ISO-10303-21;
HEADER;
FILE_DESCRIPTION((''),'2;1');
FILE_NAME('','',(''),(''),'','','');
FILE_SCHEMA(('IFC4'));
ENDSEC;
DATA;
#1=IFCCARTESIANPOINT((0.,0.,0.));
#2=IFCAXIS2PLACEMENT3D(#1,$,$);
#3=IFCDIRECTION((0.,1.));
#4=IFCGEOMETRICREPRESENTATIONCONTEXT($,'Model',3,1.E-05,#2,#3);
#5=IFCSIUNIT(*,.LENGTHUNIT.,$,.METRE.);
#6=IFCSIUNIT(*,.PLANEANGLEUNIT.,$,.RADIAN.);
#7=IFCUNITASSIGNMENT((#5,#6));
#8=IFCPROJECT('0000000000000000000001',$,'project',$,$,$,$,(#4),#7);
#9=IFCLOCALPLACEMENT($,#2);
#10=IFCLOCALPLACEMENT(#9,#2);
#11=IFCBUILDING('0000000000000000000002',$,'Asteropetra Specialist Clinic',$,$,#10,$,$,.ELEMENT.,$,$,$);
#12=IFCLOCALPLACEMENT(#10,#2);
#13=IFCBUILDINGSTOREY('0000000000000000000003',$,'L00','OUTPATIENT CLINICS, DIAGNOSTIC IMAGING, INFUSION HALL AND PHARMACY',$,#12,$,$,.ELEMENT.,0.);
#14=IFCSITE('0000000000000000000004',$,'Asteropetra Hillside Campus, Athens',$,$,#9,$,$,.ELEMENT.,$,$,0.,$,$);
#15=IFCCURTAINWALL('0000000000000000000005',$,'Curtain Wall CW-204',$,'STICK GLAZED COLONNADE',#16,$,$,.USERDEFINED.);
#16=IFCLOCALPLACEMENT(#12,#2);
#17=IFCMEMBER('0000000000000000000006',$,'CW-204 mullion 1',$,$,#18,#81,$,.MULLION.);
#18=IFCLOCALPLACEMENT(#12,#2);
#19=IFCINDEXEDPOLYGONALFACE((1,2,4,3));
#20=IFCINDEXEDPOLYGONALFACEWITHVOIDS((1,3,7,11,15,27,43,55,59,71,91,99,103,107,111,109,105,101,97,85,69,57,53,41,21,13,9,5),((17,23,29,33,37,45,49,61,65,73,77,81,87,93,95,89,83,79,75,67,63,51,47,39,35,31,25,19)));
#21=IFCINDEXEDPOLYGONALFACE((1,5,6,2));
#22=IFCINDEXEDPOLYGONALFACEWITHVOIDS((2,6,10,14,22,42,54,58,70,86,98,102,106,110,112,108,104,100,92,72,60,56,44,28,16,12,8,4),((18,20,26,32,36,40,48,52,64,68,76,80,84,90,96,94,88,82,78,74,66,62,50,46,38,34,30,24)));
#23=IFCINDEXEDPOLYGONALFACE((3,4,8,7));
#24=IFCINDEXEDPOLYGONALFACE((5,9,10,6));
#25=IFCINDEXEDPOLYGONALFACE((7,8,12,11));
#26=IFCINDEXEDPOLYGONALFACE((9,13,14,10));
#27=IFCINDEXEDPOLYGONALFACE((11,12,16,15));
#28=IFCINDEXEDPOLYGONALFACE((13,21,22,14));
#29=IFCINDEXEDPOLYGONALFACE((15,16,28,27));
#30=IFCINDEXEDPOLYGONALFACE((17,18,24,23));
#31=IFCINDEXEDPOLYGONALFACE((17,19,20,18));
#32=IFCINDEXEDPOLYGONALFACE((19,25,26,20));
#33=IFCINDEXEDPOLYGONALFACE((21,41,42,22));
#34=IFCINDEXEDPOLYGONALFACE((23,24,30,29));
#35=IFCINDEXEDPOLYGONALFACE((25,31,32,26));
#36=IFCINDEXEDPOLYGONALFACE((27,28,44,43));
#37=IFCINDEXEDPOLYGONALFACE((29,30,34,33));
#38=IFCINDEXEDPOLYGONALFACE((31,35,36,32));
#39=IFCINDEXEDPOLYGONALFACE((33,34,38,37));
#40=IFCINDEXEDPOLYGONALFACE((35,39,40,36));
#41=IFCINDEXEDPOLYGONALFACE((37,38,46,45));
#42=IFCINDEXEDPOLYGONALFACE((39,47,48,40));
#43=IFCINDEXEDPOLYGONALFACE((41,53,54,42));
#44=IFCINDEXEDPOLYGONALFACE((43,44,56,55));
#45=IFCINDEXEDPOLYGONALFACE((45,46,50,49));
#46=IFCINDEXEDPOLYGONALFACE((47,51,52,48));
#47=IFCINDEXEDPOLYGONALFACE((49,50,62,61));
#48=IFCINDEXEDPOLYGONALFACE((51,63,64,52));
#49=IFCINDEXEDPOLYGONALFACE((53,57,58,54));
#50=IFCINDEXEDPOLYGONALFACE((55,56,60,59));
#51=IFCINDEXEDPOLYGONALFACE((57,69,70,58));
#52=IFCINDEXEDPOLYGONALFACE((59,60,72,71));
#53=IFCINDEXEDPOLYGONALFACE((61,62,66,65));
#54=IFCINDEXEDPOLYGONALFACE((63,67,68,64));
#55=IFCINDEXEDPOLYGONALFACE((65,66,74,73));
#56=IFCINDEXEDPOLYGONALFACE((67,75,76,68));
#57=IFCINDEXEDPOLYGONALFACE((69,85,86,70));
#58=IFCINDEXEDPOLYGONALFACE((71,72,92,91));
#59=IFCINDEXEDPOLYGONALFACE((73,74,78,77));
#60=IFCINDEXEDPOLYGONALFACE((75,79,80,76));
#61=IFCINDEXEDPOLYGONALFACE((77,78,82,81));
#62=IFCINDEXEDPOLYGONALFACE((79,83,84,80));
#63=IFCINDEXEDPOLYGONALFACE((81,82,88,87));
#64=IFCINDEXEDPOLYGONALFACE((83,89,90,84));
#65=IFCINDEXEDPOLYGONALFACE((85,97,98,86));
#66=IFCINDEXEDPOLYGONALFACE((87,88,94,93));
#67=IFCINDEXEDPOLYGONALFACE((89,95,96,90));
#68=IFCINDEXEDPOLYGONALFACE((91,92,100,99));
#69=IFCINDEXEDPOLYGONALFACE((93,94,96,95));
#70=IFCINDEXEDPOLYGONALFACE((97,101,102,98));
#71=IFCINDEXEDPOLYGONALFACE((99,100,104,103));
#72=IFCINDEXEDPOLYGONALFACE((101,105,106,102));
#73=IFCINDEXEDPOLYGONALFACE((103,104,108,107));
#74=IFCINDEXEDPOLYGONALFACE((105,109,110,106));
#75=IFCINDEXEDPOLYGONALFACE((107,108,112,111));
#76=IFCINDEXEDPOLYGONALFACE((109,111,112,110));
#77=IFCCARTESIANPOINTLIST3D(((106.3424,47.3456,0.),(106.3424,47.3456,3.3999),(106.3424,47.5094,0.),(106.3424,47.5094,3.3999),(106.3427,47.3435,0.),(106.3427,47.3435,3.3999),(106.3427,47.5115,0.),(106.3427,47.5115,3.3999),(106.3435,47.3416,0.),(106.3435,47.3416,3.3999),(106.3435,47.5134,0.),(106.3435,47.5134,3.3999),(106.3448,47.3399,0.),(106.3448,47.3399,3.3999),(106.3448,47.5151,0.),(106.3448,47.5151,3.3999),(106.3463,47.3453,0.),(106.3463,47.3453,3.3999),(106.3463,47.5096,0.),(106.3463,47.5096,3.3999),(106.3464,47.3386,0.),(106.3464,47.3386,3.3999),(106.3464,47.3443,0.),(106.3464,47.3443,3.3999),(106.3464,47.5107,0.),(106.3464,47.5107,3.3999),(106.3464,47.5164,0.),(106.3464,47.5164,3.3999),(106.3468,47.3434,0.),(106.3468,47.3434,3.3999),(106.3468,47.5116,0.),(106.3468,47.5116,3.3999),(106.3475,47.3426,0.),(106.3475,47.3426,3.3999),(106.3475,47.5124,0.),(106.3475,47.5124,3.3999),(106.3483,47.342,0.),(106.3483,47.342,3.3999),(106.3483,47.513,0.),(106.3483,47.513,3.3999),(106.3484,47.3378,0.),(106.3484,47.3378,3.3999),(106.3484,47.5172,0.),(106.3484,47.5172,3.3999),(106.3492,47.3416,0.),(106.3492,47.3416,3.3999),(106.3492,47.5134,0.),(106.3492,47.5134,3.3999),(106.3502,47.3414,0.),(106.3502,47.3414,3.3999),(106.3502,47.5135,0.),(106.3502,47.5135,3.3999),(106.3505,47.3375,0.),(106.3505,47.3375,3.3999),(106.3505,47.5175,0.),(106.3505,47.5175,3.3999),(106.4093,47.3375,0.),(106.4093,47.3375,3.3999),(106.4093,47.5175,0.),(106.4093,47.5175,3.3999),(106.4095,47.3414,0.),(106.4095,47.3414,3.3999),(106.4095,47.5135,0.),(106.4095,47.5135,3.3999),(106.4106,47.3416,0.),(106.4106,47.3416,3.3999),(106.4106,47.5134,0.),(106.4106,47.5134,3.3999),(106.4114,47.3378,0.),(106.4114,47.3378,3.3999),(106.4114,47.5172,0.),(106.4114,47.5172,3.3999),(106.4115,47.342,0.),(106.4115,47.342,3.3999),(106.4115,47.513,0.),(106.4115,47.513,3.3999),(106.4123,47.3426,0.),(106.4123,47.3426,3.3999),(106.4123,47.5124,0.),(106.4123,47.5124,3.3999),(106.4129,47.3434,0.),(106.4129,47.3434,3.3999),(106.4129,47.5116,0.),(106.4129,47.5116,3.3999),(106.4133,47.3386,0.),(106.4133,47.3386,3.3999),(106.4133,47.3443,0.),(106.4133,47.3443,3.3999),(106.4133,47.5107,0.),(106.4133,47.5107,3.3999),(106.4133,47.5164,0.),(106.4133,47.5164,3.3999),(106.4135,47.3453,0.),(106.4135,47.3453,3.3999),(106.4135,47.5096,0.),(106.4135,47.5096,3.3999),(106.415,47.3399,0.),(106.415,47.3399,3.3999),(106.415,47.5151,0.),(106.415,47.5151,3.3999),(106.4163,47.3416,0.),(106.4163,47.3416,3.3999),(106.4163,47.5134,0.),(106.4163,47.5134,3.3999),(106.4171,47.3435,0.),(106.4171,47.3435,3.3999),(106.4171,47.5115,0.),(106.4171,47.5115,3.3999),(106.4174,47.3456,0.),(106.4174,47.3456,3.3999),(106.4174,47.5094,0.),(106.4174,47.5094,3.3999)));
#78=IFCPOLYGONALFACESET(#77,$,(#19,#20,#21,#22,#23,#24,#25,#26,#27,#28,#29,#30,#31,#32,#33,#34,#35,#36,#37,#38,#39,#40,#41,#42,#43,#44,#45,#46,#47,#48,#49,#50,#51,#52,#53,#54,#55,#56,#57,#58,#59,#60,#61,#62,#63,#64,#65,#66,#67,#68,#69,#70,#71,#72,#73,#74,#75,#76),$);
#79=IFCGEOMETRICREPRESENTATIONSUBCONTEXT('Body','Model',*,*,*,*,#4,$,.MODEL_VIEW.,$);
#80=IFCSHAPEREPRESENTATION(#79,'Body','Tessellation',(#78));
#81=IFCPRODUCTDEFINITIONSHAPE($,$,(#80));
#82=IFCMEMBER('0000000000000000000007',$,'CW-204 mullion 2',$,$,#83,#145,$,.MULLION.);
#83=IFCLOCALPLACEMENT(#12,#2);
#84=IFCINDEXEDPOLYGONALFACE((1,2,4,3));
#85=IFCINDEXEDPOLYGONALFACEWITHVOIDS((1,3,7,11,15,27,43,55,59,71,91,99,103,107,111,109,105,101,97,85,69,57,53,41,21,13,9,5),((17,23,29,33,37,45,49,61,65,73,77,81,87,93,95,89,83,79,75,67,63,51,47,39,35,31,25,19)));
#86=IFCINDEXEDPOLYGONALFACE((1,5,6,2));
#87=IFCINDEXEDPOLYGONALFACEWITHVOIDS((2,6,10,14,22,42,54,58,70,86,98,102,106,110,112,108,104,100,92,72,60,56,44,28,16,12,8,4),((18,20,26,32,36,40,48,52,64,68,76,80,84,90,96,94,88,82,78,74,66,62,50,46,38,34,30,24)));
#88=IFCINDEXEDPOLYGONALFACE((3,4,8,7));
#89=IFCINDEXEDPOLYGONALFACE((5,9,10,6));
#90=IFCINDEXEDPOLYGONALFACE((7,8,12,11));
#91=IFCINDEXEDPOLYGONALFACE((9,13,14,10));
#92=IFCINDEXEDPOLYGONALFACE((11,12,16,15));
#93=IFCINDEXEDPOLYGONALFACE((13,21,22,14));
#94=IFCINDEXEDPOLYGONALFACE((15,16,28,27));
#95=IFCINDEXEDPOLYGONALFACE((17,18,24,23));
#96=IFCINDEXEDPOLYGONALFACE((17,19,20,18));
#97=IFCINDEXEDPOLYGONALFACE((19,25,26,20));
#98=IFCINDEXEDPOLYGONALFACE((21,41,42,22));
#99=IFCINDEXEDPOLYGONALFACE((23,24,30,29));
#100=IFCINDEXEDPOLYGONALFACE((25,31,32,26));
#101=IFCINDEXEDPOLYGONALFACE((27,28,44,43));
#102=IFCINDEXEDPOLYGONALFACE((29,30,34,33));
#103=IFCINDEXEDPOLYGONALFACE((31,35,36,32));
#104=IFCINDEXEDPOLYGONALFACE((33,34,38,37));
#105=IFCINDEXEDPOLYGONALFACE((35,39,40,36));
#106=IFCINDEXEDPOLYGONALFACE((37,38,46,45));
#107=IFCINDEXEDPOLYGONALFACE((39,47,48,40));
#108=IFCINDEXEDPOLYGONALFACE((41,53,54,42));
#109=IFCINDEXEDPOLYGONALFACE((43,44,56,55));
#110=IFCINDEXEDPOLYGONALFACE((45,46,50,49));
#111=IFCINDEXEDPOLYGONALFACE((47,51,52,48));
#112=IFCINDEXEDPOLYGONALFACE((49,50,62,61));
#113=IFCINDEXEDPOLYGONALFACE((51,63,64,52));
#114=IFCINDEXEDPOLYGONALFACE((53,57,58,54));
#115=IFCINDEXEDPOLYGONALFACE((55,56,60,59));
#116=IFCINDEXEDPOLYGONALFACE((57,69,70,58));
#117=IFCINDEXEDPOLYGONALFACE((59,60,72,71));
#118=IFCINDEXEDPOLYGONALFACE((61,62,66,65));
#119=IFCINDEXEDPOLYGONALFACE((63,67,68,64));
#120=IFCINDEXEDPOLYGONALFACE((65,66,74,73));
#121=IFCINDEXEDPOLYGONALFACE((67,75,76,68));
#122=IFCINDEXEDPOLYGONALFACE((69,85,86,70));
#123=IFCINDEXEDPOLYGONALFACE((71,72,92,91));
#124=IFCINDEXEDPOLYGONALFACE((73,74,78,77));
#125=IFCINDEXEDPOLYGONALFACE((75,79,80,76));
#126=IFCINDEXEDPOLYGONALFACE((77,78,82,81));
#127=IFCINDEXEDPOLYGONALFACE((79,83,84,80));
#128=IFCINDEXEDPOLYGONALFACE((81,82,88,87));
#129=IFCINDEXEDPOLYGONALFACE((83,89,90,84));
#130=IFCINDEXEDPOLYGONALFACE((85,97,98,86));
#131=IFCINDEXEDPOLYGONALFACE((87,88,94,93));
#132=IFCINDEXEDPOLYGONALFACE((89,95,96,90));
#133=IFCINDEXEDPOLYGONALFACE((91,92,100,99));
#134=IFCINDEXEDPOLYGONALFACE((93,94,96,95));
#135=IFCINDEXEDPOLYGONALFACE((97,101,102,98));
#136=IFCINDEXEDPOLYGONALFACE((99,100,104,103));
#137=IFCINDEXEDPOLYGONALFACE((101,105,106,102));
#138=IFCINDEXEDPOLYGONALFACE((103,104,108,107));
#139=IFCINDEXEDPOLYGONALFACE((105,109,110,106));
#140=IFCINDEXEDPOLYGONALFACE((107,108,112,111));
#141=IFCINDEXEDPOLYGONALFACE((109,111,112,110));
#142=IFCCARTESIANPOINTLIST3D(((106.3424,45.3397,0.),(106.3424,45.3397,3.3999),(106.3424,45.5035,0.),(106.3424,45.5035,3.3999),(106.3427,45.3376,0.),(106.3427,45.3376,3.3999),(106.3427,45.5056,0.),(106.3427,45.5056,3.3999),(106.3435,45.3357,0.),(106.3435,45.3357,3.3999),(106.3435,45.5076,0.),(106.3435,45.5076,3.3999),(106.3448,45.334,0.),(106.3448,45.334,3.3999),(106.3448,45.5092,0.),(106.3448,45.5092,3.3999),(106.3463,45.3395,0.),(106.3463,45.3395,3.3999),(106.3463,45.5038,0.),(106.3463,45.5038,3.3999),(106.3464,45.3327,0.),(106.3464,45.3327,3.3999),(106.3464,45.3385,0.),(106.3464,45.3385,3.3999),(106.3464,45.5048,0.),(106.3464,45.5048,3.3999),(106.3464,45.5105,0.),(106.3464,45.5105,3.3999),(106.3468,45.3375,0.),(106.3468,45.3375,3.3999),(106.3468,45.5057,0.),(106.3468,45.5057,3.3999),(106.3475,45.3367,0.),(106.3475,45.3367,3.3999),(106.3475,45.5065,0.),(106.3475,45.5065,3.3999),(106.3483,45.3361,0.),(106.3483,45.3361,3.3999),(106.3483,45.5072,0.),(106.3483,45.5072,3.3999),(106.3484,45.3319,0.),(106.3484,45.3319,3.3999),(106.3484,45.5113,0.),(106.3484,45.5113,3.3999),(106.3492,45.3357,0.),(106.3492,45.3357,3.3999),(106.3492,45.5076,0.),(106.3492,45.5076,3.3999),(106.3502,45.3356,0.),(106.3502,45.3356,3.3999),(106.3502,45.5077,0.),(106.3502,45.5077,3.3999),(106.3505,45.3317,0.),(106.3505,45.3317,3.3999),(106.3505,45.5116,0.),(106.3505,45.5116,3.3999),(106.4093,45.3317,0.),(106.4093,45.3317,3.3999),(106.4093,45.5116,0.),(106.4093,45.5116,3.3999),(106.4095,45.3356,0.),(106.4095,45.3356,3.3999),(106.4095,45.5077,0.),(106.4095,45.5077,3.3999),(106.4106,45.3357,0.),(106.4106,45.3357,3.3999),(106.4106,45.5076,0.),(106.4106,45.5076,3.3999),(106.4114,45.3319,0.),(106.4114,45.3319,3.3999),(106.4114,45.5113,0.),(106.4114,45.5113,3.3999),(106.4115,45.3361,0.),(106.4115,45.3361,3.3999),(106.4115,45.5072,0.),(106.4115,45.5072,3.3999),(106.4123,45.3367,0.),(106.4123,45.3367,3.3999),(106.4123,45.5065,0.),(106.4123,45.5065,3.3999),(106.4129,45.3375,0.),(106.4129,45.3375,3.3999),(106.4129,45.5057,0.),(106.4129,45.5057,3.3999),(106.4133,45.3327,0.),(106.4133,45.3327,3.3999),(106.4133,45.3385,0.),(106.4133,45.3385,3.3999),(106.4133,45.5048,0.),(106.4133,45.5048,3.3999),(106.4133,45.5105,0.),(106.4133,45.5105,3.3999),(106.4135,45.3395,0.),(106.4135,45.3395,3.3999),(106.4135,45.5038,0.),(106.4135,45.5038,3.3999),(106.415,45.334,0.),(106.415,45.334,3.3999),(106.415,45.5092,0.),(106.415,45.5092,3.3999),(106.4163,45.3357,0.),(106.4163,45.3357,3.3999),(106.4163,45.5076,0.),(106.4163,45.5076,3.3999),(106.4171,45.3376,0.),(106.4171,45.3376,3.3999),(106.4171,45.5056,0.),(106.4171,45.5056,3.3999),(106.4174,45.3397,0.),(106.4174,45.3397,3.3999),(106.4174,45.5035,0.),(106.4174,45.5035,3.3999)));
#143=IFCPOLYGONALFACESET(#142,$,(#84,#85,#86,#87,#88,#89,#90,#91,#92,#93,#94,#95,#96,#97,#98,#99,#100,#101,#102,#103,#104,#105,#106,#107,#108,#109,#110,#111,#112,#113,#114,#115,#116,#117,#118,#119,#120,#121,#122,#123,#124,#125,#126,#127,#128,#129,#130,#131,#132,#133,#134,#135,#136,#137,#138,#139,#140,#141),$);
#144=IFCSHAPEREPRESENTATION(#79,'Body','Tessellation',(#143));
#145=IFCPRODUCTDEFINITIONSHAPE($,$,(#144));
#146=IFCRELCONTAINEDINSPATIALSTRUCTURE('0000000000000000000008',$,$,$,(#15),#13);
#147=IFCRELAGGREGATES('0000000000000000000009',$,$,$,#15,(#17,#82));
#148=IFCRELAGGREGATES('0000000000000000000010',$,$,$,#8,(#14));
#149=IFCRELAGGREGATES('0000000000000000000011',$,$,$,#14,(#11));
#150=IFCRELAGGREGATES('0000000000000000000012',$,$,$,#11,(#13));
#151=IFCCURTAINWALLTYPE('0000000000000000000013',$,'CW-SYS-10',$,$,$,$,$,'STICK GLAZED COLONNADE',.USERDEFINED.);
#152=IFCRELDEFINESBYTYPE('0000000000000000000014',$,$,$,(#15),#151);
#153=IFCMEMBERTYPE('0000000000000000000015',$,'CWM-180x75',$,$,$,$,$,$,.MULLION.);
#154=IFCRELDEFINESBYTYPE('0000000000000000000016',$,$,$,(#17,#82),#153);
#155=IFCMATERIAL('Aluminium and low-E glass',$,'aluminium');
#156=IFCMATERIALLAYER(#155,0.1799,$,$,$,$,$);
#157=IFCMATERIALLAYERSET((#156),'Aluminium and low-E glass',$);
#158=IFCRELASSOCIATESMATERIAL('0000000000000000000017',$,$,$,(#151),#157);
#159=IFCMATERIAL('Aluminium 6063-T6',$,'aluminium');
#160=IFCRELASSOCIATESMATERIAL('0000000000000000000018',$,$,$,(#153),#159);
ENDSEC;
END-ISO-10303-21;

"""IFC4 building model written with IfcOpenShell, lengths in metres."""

from ifc_helpers import new_model, si_unit, direction, frame, origin, origin_2d, place, context, subcontext, project, spatial, hollow_rectangle, extrude, material, layer, layer_set, material_profile, profile_set, type_object, element, aggregate, save


model = new_model("IFC4")

# Units and contexts
model_context = context("Model", 3, precision=1e-05, world=origin(), true_north=direction((0.0, 1.0)))
body_context = subcontext(model_context, "Body", "Model", "MODEL_VIEW")
ifc_project = project(units=[si_unit("LENGTHUNIT", "METRE"), si_unit("PLANEANGLEUNIT", "RADIAN")], contexts=[model_context])

# Site, building, storey
site_placement = place(None, origin())
site = spatial("IfcSite", under=ifc_project, at=site_placement, Name="Asteropetra Hillside Campus, Athens", CompositionType="ELEMENT", RefElevation=0.0)
building_placement = place(site_placement, origin())
building = spatial("IfcBuilding", under=site, at=building_placement, Name="Asteropetra Specialist Clinic", CompositionType="ELEMENT")
storey_placement = place(building_placement, origin())
storey = spatial("IfcBuildingStorey", under=building, at=storey_placement, Name="L00", Description="OUTPATIENT CLINICS, DIAGNOSTIC IMAGING, INFUSION HALL AND PHARMACY", CompositionType="ELEMENT", Elevation=0.0)

# Curtain wall, members
ifc_material_1 = material(Name="Aluminium and low-E glass", Category="aluminium")
ifc_layer_1 = layer(ifc_material_1, 0.1799)
ifc_layer_set_1 = layer_set([ifc_layer_1], Name="Aluminium and low-E glass")
curtain_wall_type = type_object("IfcCurtainWallType", Name="CW-SYS-10", ElementType="STICK GLAZED COLONNADE", PredefinedType="USERDEFINED", material=ifc_layer_set_1)
curtain_wall_placement = place(storey_placement, origin())
curtain_wall = element("IfcCurtainWall", 1, at=curtain_wall_placement, inside=storey, type_object=curtain_wall_type, Name="Curtain Wall CW-204", ObjectType="STICK GLAZED COLONNADE", PredefinedType="USERDEFINED")
ifc_material_2 = material(Name="Aluminium 6063-T6", Category="aluminium")
ifc_material_profile_1 = material_profile(ifc_material_2, hollow_rectangle(XDim=0.075, YDim=0.1799, WallThickness=0.0039, InnerFilletRadius=0.0039, OuterFilletRadius=0.0081, at=origin_2d()), Name="MUL 180x75x4.0")
ifc_profile_set_1 = profile_set([ifc_material_profile_1], Name="Aluminium 6063-T6")
member_type_1 = type_object("IfcMemberType", Name="CWM-180x75", PredefinedType="MULLION", material=ifc_profile_set_1)
member_1_placement = place(storey_placement, frame((106.3799, 47.4275, 0.0), z_axis=(0.0, 0.0, 1.0), x_axis=(1.0, 0.0, 0.0)))
member_1 = element("IfcMember", 2, at=member_1_placement, type_object=member_type_1, Name="CW-204 mullion 1", PredefinedType="MULLION", context=body_context, shape_type="SweptSolid", body=[
    extrude(hollow_rectangle(XDim=0.075, YDim=0.1799, WallThickness=0.0039, InnerFilletRadius=0.0039, OuterFilletRadius=0.0081, at=origin_2d()), origin(), (0.0, 0.0, 1.0), 3.3999),
])
member_2_placement = place(storey_placement, frame((106.3799, 45.4216, 0.0), z_axis=(0.0, 0.0, 1.0), x_axis=(1.0, 0.0, 0.0)))
member_2 = element("IfcMember", 3, at=member_2_placement, type_object=member_type_1, Name="CW-204 mullion 2", PredefinedType="MULLION", context=body_context, shape_type="SweptSolid", body=[
    extrude(hollow_rectangle(XDim=0.075, YDim=0.1799, WallThickness=0.0039, InnerFilletRadius=0.0039, OuterFilletRadius=0.0081, at=origin_2d()), origin(), (0.0, 0.0, 1.0), 3.3999),
])
aggregate(curtain_wall, [member_1, member_2])

save(model, "model.ifc")
